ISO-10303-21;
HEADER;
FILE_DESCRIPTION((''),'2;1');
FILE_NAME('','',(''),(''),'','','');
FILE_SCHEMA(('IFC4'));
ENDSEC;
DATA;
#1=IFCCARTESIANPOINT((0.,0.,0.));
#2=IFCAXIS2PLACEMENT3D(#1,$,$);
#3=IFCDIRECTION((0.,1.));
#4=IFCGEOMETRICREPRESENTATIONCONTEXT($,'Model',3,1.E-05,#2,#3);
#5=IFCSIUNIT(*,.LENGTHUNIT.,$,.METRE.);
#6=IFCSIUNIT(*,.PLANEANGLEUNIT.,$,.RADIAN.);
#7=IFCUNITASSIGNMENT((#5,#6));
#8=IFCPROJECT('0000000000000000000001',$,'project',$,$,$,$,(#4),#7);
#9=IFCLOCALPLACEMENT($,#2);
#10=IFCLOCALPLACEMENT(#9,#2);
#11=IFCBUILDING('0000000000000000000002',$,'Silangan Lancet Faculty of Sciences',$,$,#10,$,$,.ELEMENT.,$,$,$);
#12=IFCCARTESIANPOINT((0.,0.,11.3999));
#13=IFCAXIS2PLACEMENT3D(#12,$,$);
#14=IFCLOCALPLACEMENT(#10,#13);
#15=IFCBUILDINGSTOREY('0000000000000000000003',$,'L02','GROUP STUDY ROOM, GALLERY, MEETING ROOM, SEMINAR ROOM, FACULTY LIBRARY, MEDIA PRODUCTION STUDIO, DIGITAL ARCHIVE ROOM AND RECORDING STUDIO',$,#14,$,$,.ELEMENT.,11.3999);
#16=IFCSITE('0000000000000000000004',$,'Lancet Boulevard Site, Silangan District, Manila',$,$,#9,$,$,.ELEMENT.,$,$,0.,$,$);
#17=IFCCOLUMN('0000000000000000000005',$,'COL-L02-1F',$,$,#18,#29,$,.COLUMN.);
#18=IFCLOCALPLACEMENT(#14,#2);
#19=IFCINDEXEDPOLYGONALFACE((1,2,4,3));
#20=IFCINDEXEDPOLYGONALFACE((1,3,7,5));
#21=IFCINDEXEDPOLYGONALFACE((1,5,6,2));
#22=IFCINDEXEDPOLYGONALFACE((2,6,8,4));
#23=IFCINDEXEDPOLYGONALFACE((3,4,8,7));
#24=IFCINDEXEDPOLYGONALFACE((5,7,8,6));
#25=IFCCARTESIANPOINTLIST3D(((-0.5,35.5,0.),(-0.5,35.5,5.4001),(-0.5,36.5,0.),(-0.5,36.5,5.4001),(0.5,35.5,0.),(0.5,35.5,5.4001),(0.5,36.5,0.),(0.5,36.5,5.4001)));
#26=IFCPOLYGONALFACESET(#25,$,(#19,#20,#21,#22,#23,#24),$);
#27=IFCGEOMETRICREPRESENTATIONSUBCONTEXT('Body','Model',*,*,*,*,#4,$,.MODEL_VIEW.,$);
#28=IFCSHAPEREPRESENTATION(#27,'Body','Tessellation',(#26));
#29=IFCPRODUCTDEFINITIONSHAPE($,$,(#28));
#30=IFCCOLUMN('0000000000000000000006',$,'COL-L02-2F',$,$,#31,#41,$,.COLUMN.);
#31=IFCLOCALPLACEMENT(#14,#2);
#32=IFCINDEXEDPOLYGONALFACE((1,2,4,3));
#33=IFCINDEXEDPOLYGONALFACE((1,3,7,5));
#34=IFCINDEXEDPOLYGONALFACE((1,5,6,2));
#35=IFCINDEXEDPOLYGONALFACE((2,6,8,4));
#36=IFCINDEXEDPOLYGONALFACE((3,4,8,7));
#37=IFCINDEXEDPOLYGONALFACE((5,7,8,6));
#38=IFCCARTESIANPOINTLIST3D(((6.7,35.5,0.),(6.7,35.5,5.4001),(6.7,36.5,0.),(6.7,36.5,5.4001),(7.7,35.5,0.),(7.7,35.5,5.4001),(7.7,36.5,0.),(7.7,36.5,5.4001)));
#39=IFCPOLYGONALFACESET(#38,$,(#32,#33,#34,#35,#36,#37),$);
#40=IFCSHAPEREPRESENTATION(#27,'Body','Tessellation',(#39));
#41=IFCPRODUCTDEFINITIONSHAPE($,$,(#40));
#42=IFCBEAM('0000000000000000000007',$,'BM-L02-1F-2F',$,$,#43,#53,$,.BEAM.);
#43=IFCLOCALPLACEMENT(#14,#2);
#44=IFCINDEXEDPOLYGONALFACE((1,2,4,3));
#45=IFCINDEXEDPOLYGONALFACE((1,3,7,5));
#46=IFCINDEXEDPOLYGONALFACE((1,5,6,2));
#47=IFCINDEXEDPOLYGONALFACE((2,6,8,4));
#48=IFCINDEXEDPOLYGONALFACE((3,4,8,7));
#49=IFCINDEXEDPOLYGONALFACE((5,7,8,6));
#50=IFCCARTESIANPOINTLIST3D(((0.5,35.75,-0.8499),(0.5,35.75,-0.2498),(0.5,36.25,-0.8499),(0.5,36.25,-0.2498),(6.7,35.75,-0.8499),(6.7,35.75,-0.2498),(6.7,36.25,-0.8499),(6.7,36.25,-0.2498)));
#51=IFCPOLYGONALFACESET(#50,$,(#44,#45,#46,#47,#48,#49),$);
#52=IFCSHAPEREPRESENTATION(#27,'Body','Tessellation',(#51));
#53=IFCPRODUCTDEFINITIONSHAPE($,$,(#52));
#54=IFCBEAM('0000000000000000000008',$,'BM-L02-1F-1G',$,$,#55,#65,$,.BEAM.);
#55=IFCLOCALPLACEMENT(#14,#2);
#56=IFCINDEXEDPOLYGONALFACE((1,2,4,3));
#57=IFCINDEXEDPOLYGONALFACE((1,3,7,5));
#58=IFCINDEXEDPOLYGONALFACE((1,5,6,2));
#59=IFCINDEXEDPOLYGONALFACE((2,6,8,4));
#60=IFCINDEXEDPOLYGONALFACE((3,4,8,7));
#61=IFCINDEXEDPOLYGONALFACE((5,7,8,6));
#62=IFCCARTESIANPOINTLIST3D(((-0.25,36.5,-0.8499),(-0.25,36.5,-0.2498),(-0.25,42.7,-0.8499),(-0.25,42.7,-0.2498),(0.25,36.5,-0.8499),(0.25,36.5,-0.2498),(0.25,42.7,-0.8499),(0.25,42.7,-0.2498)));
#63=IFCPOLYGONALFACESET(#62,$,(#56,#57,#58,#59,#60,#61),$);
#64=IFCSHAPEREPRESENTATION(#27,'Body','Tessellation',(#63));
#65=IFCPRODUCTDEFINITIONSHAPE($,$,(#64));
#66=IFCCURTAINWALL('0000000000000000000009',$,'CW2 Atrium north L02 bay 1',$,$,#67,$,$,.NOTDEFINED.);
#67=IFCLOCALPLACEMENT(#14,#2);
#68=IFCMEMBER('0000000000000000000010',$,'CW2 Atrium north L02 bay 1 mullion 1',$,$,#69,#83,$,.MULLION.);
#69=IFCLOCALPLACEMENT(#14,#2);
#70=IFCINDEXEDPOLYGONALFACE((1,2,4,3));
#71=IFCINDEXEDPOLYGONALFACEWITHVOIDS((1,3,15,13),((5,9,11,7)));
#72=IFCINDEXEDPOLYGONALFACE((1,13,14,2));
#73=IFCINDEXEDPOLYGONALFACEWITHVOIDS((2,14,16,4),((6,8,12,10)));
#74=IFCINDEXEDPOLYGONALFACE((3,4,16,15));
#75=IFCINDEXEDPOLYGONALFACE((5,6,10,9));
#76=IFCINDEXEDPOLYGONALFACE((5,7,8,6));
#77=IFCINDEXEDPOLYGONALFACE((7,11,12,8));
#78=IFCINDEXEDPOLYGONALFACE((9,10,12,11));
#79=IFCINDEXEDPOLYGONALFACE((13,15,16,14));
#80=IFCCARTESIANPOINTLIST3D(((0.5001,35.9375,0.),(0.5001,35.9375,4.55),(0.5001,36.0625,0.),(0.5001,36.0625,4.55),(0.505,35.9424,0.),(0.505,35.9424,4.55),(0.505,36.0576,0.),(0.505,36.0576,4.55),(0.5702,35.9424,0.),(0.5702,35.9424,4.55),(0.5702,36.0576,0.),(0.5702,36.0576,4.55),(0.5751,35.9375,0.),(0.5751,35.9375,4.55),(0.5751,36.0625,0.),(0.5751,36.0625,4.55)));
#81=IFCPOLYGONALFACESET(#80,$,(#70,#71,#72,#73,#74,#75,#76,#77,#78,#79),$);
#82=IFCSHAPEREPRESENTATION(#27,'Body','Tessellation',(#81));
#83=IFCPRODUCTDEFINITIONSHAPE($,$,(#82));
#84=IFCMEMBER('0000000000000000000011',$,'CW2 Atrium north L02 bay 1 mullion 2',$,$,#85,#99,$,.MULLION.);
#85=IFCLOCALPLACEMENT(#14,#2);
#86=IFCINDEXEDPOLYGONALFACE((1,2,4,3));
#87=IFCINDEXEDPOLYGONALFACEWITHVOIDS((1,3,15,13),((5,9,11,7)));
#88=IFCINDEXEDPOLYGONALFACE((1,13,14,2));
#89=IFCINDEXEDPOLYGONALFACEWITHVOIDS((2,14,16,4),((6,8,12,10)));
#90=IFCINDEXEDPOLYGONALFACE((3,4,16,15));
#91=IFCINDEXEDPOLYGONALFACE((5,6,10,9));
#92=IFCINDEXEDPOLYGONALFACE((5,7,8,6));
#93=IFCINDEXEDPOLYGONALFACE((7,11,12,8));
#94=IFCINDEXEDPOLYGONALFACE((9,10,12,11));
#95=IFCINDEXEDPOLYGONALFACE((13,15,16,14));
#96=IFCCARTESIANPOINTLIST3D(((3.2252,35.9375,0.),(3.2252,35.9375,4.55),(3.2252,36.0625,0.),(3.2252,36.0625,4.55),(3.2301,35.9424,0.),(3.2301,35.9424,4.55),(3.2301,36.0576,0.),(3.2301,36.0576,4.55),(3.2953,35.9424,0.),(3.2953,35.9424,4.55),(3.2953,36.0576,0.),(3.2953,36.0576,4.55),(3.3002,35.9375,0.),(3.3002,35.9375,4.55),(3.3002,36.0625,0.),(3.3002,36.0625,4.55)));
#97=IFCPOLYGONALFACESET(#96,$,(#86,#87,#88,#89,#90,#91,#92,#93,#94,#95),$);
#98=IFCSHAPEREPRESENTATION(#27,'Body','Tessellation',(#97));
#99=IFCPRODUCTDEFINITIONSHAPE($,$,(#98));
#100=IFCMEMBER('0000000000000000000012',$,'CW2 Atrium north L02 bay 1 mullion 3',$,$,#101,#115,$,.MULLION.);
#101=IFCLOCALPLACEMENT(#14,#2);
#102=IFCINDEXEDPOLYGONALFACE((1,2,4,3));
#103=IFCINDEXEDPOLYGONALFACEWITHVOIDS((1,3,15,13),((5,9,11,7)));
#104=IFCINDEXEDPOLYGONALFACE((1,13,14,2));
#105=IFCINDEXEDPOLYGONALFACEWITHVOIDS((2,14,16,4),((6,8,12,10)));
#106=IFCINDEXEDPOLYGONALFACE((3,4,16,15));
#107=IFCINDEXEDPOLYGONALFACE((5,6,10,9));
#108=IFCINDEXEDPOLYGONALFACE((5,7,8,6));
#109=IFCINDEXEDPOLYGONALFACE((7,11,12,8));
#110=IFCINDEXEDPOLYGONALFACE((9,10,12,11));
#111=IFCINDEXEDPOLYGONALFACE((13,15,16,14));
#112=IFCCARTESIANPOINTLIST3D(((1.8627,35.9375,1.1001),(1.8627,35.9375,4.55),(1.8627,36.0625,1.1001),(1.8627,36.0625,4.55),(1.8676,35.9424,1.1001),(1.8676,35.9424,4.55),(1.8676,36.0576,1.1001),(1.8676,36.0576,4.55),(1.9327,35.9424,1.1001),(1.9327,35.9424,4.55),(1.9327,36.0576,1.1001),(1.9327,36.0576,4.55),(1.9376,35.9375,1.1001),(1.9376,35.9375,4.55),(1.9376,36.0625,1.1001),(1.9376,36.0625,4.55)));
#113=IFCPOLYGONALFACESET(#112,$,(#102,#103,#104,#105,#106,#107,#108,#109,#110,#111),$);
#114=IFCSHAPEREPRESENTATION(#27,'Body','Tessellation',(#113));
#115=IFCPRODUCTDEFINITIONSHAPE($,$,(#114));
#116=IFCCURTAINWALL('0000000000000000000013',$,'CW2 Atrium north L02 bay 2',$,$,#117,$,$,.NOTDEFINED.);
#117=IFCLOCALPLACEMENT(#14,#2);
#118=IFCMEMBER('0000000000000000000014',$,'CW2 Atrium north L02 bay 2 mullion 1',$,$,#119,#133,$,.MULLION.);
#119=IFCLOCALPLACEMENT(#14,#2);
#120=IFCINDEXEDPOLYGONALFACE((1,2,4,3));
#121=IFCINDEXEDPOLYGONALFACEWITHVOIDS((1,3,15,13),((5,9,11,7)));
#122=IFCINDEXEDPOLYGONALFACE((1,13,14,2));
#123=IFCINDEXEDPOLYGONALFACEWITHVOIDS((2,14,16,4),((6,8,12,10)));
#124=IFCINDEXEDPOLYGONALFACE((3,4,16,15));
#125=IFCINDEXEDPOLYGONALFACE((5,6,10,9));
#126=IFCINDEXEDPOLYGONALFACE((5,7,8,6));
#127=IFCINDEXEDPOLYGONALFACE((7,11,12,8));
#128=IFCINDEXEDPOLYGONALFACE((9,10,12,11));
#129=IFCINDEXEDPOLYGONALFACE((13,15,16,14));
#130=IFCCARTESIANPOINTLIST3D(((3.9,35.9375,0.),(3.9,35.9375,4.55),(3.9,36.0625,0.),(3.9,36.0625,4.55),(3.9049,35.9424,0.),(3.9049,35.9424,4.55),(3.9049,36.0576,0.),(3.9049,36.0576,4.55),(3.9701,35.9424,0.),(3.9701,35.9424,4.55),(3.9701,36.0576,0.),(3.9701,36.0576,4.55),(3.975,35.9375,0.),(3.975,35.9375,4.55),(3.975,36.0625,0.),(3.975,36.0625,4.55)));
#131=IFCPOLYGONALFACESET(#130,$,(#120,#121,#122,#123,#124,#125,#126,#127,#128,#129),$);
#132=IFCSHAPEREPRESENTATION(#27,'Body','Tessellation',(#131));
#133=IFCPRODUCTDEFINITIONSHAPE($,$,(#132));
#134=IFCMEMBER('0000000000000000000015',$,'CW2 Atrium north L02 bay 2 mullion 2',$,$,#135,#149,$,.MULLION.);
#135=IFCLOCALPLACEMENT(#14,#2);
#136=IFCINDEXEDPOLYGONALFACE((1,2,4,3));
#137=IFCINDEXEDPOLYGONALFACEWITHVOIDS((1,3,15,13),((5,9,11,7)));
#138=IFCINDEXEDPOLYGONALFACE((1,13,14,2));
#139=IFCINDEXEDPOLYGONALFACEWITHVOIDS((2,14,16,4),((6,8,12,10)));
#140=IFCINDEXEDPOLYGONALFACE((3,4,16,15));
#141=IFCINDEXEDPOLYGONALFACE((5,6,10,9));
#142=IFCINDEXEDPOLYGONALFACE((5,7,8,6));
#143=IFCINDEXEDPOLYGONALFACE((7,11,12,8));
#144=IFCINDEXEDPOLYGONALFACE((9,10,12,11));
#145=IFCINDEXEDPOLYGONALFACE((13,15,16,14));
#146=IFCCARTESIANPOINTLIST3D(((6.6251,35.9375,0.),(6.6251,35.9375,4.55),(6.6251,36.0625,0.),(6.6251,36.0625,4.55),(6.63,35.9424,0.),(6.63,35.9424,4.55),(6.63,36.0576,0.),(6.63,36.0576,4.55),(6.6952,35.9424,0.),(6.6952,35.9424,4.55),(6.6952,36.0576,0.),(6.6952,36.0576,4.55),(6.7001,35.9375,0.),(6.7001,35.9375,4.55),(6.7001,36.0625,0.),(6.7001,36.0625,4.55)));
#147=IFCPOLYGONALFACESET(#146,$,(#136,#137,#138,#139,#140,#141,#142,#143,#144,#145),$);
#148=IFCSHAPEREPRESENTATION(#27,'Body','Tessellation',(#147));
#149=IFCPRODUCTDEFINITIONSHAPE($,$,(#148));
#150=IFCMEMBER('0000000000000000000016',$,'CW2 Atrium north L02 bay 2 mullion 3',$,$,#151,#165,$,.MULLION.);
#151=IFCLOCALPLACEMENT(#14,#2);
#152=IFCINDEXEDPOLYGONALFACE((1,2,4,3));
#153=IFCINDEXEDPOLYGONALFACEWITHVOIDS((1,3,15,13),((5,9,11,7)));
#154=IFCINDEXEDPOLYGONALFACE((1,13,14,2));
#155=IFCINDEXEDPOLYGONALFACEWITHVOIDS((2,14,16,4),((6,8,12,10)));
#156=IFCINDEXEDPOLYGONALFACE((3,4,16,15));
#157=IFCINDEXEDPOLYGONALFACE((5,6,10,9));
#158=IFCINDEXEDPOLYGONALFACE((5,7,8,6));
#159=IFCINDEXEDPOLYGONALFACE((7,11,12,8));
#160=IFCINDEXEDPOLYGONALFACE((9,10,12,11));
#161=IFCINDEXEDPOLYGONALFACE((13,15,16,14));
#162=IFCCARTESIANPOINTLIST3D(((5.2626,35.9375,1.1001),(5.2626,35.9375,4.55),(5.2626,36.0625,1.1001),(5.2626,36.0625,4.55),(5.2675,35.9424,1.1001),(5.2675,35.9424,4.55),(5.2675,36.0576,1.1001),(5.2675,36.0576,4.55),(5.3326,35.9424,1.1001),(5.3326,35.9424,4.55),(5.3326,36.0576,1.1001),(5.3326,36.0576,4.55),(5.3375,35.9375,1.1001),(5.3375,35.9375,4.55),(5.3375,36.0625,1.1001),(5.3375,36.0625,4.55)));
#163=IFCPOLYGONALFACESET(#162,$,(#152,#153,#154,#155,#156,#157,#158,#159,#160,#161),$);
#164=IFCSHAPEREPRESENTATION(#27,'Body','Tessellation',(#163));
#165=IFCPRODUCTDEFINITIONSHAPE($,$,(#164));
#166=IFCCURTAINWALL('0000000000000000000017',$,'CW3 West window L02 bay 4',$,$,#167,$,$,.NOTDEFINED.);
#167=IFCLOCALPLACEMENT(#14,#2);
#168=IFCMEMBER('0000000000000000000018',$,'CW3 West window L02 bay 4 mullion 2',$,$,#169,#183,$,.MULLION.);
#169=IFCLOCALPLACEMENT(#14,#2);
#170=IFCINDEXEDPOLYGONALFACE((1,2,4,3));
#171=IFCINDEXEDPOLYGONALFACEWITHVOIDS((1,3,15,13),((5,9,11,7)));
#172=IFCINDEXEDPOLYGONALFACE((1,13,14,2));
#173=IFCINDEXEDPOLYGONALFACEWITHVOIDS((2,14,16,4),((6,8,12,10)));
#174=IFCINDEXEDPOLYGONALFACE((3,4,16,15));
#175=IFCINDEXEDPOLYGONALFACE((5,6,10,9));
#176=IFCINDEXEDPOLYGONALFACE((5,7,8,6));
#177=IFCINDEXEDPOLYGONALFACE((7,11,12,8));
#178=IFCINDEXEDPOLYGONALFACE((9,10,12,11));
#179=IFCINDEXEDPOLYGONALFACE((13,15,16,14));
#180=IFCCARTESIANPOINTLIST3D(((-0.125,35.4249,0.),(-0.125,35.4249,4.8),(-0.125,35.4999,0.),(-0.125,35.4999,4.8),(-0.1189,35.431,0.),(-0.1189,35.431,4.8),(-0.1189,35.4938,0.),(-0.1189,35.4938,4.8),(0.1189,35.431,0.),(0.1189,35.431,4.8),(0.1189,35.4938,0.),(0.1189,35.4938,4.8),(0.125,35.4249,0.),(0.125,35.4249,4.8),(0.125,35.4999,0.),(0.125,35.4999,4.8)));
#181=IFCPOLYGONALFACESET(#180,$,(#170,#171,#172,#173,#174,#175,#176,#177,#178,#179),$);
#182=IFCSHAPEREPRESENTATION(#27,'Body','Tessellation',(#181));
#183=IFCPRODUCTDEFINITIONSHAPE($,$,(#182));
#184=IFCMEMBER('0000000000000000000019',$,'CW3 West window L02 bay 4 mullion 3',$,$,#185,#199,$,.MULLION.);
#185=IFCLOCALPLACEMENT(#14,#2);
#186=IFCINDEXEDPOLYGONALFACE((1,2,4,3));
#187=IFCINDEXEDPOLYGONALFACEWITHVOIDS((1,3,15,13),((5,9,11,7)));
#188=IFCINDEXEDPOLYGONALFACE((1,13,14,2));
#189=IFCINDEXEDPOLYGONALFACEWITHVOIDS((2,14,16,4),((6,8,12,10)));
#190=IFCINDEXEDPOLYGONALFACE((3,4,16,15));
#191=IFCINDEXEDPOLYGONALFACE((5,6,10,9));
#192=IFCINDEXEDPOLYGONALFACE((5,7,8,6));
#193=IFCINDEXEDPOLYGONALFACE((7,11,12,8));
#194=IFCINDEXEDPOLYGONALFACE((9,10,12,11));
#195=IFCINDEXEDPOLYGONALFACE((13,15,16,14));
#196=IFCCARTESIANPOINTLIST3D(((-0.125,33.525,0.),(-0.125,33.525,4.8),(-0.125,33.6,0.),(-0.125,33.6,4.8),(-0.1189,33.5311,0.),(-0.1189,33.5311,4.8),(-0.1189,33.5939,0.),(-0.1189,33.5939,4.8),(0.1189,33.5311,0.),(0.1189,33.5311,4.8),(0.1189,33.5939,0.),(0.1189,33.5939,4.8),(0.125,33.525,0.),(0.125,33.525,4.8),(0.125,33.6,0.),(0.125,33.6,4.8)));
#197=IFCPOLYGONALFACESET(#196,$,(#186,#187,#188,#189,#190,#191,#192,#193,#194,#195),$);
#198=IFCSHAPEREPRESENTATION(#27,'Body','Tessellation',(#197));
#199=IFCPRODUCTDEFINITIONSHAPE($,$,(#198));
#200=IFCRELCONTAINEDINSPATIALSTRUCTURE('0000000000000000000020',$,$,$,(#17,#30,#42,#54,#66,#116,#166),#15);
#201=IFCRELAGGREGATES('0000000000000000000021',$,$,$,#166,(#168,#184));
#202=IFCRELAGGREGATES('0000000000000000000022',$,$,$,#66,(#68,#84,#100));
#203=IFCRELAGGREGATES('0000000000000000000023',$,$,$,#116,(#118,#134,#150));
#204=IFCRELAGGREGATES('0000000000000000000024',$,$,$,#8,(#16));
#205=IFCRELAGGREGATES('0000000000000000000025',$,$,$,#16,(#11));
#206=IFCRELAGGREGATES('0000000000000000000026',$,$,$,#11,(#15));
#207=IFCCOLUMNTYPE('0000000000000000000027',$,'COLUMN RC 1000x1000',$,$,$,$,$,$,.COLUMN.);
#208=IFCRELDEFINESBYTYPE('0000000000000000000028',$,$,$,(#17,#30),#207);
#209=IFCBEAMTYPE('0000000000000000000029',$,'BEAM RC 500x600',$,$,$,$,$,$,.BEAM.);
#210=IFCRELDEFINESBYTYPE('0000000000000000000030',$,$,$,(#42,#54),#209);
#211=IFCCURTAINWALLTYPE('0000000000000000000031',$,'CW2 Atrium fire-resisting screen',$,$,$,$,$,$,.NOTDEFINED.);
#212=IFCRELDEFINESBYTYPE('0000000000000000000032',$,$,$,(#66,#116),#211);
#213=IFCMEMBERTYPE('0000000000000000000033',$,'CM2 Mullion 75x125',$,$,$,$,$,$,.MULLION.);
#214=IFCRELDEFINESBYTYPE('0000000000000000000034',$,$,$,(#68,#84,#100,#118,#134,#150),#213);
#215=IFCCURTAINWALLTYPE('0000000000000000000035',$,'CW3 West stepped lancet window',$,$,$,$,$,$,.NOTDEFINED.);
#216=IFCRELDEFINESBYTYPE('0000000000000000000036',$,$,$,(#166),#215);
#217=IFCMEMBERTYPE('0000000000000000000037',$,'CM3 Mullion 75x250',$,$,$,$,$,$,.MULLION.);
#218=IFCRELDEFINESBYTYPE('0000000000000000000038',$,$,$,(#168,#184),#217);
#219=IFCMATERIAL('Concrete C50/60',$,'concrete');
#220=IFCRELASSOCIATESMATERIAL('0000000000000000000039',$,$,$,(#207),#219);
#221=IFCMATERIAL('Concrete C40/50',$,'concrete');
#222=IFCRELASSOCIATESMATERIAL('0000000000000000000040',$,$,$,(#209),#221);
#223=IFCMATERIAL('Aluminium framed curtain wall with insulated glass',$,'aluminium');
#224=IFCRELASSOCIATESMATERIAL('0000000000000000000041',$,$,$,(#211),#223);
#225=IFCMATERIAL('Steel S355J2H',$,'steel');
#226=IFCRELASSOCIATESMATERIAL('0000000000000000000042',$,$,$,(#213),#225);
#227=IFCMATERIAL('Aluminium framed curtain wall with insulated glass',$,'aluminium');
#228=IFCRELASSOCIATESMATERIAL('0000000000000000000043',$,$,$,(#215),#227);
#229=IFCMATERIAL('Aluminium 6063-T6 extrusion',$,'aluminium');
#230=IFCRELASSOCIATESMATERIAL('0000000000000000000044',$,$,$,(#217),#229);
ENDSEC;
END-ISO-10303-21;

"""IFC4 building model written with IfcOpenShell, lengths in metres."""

from ifc_helpers import new_model, si_unit, direction, frame, origin, origin_2d, place, context, subcontext, project, spatial, rectangle, hollow_rectangle, extrude, material, material_profile, profile_set, type_object, element, aggregate, save


model = new_model("IFC4")

# Units and contexts
model_context = context("Model", 3, precision=1e-05, world=origin(), true_north=direction((0.0, 1.0)))
body_context = subcontext(model_context, "Body", "Model", "MODEL_VIEW")
ifc_project = project(units=[si_unit("LENGTHUNIT", "METRE"), si_unit("PLANEANGLEUNIT", "RADIAN")], contexts=[model_context])

# Site, building, storey
site_placement = place(None, origin())
site = spatial("IfcSite", under=ifc_project, at=site_placement, Name="Lancet Boulevard Site, Silangan District, Manila", CompositionType="ELEMENT", RefElevation=0.0)
building_placement = place(site_placement, origin())
building = spatial("IfcBuilding", under=site, at=building_placement, Name="Silangan Lancet Faculty of Sciences", CompositionType="ELEMENT")
storey_placement = place(building_placement, frame((0.0, 0.0, 11.3999)))
storey = spatial("IfcBuildingStorey", under=building, at=storey_placement, Name="L02", Description="GROUP STUDY ROOM, GALLERY, MEETING ROOM, SEMINAR ROOM, FACULTY LIBRARY, MEDIA PRODUCTION STUDIO, DIGITAL ARCHIVE ROOM AND RECORDING STUDIO", CompositionType="ELEMENT", Elevation=11.3999)

# Columns
ifc_material_1 = material(Name="Concrete C50/60", Category="concrete")
ifc_material_profile_1 = material_profile(ifc_material_1, rectangle(XDim=1.0, YDim=1.0, at=origin_2d()), Name="RC 1000x1000")
ifc_profile_set_1 = profile_set([ifc_material_profile_1], Name="Concrete C50/60")
column_type = type_object("IfcColumnType", Name="COLUMN RC 1000x1000", PredefinedType="COLUMN", material=ifc_profile_set_1)
for number, where, z_axis, x_axis, name in (
    (1, (0.0, 36.0, 0.0), (0.0, 0.0, 1.0), (1.0, 0.0, 0.0), "COL-L02-1F"),
    (2, (7.2, 36.0, 0.0), (0.0, 0.0, 1.0), (1.0, 0.0, 0.0), "COL-L02-2F"),
):
    element("IfcColumn", number, at=place(storey_placement, frame(where, z_axis=z_axis, x_axis=x_axis)), inside=storey, type_object=column_type, Name=name, PredefinedType="COLUMN", context=body_context, shape_type="SweptSolid", body=[
        extrude(rectangle(XDim=1.0, YDim=1.0, at=origin_2d()), origin(), (0.0, 0.0, 1.0), 5.4001),
    ])

# Beams
ifc_material_2 = material(Name="Concrete C40/50", Category="concrete")
ifc_material_profile_2 = material_profile(ifc_material_2, rectangle(XDim=0.5, YDim=0.6001, at=origin_2d()), Name="RC 500x600")
ifc_profile_set_2 = profile_set([ifc_material_profile_2], Name="Concrete C40/50")
beam_type = type_object("IfcBeamType", Name="BEAM RC 500x600", PredefinedType="BEAM", material=ifc_profile_set_2)
for number, where, z_axis, x_axis, name in (
    (3, (0.5, 36.0, -0.5498), (1.0, 0.0, 0.0), (0.0, 1.0, 0.0), "BM-L02-1F-2F"),
    (4, (0.0, 36.5, -0.5498), (0.0, 1.0, 0.0), (-1.0, 0.0, 0.0), "BM-L02-1F-1G"),
):
    element("IfcBeam", number, at=place(storey_placement, frame(where, z_axis=z_axis, x_axis=x_axis)), inside=storey, type_object=beam_type, Name=name, PredefinedType="BEAM", context=body_context, shape_type="SweptSolid", body=[
        extrude(rectangle(XDim=0.5, YDim=0.6001, at=origin_2d()), origin(), (0.0, 0.0, 1.0), 6.2),
    ])

# Curtain walls, members
ifc_material_3 = material(Name="Aluminium framed curtain wall with insulated glass", Category="aluminium")
curtain_wall_type_1 = type_object("IfcCurtainWallType", Name="CW2 Atrium fire-resisting screen", PredefinedType="NOTDEFINED", material=ifc_material_3)
curtain_wall_1_placement = place(storey_placement, origin())
curtain_wall_1 = element("IfcCurtainWall", 5, at=curtain_wall_1_placement, inside=storey, type_object=curtain_wall_type_1, Name="CW2 Atrium north L02 bay 1", PredefinedType="NOTDEFINED")
ifc_material_4 = material(Name="Steel S355J2H", Category="steel")
ifc_material_profile_3 = material_profile(ifc_material_4, hollow_rectangle(XDim=0.075, YDim=0.125, WallThickness=0.0049, at=origin_2d()), Name="ST BOX 75x125x5")
ifc_profile_set_3 = profile_set([ifc_material_profile_3], Name="Steel S355J2H")
member_type_1 = type_object("IfcMemberType", Name="CM2 Mullion 75x125", PredefinedType="MULLION", material=ifc_profile_set_3)
member_1_placement = place(storey_placement, frame((0.5376, 36.0, 0.0), z_axis=(0.0, 0.0, 1.0), x_axis=(1.0, 0.0, 0.0)))
member_1 = element("IfcMember", 6, at=member_1_placement, type_object=member_type_1, Name="CW2 Atrium north L02 bay 1 mullion 1", PredefinedType="MULLION", context=body_context, shape_type="SweptSolid", body=[
    extrude(hollow_rectangle(XDim=0.075, YDim=0.125, WallThickness=0.0049, at=origin_2d()), origin(), (0.0, 0.0, 1.0), 4.55),
])
member_2_placement = place(storey_placement, frame((3.2627, 36.0, 0.0), z_axis=(0.0, 0.0, 1.0), x_axis=(1.0, 0.0, 0.0)))
member_2 = element("IfcMember", 7, at=member_2_placement, type_object=member_type_1, Name="CW2 Atrium north L02 bay 1 mullion 2", PredefinedType="MULLION", context=body_context, shape_type="SweptSolid", body=[
    extrude(hollow_rectangle(XDim=0.075, YDim=0.125, WallThickness=0.0049, at=origin_2d()), origin(), (0.0, 0.0, 1.0), 4.55),
])
member_3_placement = place(storey_placement, frame((1.9001, 36.0, 1.1001), z_axis=(0.0, 0.0, 1.0), x_axis=(1.0, 0.0, 0.0)))
member_3 = element("IfcMember", 8, at=member_3_placement, type_object=member_type_1, Name="CW2 Atrium north L02 bay 1 mullion 3", PredefinedType="MULLION", context=body_context, shape_type="SweptSolid", body=[
    extrude(hollow_rectangle(XDim=0.075, YDim=0.125, WallThickness=0.0049, at=origin_2d()), origin(), (0.0, 0.0, 1.0), 3.45),
])
curtain_wall_2_placement = place(storey_placement, origin())
curtain_wall_2 = element("IfcCurtainWall", 9, at=curtain_wall_2_placement, inside=storey, type_object=curtain_wall_type_1, Name="CW2 Atrium north L02 bay 2", PredefinedType="NOTDEFINED")
member_4_placement = place(storey_placement, frame((3.9375, 36.0, 0.0), z_axis=(0.0, 0.0, 1.0), x_axis=(1.0, 0.0, 0.0)))
member_4 = element("IfcMember", 10, at=member_4_placement, type_object=member_type_1, Name="CW2 Atrium north L02 bay 2 mullion 1", PredefinedType="MULLION", context=body_context, shape_type="SweptSolid", body=[
    extrude(hollow_rectangle(XDim=0.075, YDim=0.125, WallThickness=0.0049, at=origin_2d()), origin(), (0.0, 0.0, 1.0), 4.55),
])
member_5_placement = place(storey_placement, frame((6.6626, 36.0, 0.0), z_axis=(0.0, 0.0, 1.0), x_axis=(1.0, 0.0, 0.0)))
member_5 = element("IfcMember", 11, at=member_5_placement, type_object=member_type_1, Name="CW2 Atrium north L02 bay 2 mullion 2", PredefinedType="MULLION", context=body_context, shape_type="SweptSolid", body=[
    extrude(hollow_rectangle(XDim=0.075, YDim=0.125, WallThickness=0.0049, at=origin_2d()), origin(), (0.0, 0.0, 1.0), 4.55),
])
member_6_placement = place(storey_placement, frame((5.3, 36.0, 1.1001), z_axis=(0.0, 0.0, 1.0), x_axis=(1.0, 0.0, 0.0)))
member_6 = element("IfcMember", 12, at=member_6_placement, type_object=member_type_1, Name="CW2 Atrium north L02 bay 2 mullion 3", PredefinedType="MULLION", context=body_context, shape_type="SweptSolid", body=[
    extrude(hollow_rectangle(XDim=0.075, YDim=0.125, WallThickness=0.0049, at=origin_2d()), origin(), (0.0, 0.0, 1.0), 3.45),
])
ifc_material_5 = material(Name="Aluminium framed curtain wall with insulated glass", Category="aluminium")
curtain_wall_type_2 = type_object("IfcCurtainWallType", Name="CW3 West stepped lancet window", PredefinedType="NOTDEFINED", material=ifc_material_5)
curtain_wall_3_placement = place(storey_placement, origin())
curtain_wall_3 = element("IfcCurtainWall", 13, at=curtain_wall_3_placement, inside=storey, type_object=curtain_wall_type_2, Name="CW3 West window L02 bay 4", PredefinedType="NOTDEFINED")
ifc_material_6 = material(Name="Aluminium 6063-T6 extrusion", Category="aluminium")
ifc_material_profile_4 = material_profile(ifc_material_6, hollow_rectangle(XDim=0.075, YDim=0.25, WallThickness=0.0061, at=origin_2d()), Name="AL BOX 75x250x6")
ifc_profile_set_4 = profile_set([ifc_material_profile_4], Name="Aluminium 6063-T6 extrusion")
member_type_2 = type_object("IfcMemberType", Name="CM3 Mullion 75x250", PredefinedType="MULLION", material=ifc_profile_set_4)
member_7_placement = place(storey_placement, frame((0.0, 35.4624, 0.0), z_axis=(0.0, 0.0, 1.0), x_axis=(0.0, 1.0, 0.0)))
member_7 = element("IfcMember", 14, at=member_7_placement, type_object=member_type_2, Name="CW3 West window L02 bay 4 mullion 2", PredefinedType="MULLION", context=body_context, shape_type="SweptSolid", body=[
    extrude(hollow_rectangle(XDim=0.075, YDim=0.25, WallThickness=0.0061, at=origin_2d()), origin(), (0.0, 0.0, 1.0), 4.8),
])
member_8_placement = place(storey_placement, frame((0.0, 33.5625, 0.0), z_axis=(0.0, 0.0, 1.0), x_axis=(0.0, 1.0, 0.0)))
member_8 = element("IfcMember", 15, at=member_8_placement, type_object=member_type_2, Name="CW3 West window L02 bay 4 mullion 3", PredefinedType="MULLION", context=body_context, shape_type="SweptSolid", body=[
    extrude(hollow_rectangle(XDim=0.075, YDim=0.25, WallThickness=0.0061, at=origin_2d()), origin(), (0.0, 0.0, 1.0), 4.8),
])

aggregate(curtain_wall_3, [member_7, member_8])
aggregate(curtain_wall_1, [member_1, member_2, member_3])
aggregate(curtain_wall_2, [member_4, member_5, member_6])

save(model, "model.ifc")
